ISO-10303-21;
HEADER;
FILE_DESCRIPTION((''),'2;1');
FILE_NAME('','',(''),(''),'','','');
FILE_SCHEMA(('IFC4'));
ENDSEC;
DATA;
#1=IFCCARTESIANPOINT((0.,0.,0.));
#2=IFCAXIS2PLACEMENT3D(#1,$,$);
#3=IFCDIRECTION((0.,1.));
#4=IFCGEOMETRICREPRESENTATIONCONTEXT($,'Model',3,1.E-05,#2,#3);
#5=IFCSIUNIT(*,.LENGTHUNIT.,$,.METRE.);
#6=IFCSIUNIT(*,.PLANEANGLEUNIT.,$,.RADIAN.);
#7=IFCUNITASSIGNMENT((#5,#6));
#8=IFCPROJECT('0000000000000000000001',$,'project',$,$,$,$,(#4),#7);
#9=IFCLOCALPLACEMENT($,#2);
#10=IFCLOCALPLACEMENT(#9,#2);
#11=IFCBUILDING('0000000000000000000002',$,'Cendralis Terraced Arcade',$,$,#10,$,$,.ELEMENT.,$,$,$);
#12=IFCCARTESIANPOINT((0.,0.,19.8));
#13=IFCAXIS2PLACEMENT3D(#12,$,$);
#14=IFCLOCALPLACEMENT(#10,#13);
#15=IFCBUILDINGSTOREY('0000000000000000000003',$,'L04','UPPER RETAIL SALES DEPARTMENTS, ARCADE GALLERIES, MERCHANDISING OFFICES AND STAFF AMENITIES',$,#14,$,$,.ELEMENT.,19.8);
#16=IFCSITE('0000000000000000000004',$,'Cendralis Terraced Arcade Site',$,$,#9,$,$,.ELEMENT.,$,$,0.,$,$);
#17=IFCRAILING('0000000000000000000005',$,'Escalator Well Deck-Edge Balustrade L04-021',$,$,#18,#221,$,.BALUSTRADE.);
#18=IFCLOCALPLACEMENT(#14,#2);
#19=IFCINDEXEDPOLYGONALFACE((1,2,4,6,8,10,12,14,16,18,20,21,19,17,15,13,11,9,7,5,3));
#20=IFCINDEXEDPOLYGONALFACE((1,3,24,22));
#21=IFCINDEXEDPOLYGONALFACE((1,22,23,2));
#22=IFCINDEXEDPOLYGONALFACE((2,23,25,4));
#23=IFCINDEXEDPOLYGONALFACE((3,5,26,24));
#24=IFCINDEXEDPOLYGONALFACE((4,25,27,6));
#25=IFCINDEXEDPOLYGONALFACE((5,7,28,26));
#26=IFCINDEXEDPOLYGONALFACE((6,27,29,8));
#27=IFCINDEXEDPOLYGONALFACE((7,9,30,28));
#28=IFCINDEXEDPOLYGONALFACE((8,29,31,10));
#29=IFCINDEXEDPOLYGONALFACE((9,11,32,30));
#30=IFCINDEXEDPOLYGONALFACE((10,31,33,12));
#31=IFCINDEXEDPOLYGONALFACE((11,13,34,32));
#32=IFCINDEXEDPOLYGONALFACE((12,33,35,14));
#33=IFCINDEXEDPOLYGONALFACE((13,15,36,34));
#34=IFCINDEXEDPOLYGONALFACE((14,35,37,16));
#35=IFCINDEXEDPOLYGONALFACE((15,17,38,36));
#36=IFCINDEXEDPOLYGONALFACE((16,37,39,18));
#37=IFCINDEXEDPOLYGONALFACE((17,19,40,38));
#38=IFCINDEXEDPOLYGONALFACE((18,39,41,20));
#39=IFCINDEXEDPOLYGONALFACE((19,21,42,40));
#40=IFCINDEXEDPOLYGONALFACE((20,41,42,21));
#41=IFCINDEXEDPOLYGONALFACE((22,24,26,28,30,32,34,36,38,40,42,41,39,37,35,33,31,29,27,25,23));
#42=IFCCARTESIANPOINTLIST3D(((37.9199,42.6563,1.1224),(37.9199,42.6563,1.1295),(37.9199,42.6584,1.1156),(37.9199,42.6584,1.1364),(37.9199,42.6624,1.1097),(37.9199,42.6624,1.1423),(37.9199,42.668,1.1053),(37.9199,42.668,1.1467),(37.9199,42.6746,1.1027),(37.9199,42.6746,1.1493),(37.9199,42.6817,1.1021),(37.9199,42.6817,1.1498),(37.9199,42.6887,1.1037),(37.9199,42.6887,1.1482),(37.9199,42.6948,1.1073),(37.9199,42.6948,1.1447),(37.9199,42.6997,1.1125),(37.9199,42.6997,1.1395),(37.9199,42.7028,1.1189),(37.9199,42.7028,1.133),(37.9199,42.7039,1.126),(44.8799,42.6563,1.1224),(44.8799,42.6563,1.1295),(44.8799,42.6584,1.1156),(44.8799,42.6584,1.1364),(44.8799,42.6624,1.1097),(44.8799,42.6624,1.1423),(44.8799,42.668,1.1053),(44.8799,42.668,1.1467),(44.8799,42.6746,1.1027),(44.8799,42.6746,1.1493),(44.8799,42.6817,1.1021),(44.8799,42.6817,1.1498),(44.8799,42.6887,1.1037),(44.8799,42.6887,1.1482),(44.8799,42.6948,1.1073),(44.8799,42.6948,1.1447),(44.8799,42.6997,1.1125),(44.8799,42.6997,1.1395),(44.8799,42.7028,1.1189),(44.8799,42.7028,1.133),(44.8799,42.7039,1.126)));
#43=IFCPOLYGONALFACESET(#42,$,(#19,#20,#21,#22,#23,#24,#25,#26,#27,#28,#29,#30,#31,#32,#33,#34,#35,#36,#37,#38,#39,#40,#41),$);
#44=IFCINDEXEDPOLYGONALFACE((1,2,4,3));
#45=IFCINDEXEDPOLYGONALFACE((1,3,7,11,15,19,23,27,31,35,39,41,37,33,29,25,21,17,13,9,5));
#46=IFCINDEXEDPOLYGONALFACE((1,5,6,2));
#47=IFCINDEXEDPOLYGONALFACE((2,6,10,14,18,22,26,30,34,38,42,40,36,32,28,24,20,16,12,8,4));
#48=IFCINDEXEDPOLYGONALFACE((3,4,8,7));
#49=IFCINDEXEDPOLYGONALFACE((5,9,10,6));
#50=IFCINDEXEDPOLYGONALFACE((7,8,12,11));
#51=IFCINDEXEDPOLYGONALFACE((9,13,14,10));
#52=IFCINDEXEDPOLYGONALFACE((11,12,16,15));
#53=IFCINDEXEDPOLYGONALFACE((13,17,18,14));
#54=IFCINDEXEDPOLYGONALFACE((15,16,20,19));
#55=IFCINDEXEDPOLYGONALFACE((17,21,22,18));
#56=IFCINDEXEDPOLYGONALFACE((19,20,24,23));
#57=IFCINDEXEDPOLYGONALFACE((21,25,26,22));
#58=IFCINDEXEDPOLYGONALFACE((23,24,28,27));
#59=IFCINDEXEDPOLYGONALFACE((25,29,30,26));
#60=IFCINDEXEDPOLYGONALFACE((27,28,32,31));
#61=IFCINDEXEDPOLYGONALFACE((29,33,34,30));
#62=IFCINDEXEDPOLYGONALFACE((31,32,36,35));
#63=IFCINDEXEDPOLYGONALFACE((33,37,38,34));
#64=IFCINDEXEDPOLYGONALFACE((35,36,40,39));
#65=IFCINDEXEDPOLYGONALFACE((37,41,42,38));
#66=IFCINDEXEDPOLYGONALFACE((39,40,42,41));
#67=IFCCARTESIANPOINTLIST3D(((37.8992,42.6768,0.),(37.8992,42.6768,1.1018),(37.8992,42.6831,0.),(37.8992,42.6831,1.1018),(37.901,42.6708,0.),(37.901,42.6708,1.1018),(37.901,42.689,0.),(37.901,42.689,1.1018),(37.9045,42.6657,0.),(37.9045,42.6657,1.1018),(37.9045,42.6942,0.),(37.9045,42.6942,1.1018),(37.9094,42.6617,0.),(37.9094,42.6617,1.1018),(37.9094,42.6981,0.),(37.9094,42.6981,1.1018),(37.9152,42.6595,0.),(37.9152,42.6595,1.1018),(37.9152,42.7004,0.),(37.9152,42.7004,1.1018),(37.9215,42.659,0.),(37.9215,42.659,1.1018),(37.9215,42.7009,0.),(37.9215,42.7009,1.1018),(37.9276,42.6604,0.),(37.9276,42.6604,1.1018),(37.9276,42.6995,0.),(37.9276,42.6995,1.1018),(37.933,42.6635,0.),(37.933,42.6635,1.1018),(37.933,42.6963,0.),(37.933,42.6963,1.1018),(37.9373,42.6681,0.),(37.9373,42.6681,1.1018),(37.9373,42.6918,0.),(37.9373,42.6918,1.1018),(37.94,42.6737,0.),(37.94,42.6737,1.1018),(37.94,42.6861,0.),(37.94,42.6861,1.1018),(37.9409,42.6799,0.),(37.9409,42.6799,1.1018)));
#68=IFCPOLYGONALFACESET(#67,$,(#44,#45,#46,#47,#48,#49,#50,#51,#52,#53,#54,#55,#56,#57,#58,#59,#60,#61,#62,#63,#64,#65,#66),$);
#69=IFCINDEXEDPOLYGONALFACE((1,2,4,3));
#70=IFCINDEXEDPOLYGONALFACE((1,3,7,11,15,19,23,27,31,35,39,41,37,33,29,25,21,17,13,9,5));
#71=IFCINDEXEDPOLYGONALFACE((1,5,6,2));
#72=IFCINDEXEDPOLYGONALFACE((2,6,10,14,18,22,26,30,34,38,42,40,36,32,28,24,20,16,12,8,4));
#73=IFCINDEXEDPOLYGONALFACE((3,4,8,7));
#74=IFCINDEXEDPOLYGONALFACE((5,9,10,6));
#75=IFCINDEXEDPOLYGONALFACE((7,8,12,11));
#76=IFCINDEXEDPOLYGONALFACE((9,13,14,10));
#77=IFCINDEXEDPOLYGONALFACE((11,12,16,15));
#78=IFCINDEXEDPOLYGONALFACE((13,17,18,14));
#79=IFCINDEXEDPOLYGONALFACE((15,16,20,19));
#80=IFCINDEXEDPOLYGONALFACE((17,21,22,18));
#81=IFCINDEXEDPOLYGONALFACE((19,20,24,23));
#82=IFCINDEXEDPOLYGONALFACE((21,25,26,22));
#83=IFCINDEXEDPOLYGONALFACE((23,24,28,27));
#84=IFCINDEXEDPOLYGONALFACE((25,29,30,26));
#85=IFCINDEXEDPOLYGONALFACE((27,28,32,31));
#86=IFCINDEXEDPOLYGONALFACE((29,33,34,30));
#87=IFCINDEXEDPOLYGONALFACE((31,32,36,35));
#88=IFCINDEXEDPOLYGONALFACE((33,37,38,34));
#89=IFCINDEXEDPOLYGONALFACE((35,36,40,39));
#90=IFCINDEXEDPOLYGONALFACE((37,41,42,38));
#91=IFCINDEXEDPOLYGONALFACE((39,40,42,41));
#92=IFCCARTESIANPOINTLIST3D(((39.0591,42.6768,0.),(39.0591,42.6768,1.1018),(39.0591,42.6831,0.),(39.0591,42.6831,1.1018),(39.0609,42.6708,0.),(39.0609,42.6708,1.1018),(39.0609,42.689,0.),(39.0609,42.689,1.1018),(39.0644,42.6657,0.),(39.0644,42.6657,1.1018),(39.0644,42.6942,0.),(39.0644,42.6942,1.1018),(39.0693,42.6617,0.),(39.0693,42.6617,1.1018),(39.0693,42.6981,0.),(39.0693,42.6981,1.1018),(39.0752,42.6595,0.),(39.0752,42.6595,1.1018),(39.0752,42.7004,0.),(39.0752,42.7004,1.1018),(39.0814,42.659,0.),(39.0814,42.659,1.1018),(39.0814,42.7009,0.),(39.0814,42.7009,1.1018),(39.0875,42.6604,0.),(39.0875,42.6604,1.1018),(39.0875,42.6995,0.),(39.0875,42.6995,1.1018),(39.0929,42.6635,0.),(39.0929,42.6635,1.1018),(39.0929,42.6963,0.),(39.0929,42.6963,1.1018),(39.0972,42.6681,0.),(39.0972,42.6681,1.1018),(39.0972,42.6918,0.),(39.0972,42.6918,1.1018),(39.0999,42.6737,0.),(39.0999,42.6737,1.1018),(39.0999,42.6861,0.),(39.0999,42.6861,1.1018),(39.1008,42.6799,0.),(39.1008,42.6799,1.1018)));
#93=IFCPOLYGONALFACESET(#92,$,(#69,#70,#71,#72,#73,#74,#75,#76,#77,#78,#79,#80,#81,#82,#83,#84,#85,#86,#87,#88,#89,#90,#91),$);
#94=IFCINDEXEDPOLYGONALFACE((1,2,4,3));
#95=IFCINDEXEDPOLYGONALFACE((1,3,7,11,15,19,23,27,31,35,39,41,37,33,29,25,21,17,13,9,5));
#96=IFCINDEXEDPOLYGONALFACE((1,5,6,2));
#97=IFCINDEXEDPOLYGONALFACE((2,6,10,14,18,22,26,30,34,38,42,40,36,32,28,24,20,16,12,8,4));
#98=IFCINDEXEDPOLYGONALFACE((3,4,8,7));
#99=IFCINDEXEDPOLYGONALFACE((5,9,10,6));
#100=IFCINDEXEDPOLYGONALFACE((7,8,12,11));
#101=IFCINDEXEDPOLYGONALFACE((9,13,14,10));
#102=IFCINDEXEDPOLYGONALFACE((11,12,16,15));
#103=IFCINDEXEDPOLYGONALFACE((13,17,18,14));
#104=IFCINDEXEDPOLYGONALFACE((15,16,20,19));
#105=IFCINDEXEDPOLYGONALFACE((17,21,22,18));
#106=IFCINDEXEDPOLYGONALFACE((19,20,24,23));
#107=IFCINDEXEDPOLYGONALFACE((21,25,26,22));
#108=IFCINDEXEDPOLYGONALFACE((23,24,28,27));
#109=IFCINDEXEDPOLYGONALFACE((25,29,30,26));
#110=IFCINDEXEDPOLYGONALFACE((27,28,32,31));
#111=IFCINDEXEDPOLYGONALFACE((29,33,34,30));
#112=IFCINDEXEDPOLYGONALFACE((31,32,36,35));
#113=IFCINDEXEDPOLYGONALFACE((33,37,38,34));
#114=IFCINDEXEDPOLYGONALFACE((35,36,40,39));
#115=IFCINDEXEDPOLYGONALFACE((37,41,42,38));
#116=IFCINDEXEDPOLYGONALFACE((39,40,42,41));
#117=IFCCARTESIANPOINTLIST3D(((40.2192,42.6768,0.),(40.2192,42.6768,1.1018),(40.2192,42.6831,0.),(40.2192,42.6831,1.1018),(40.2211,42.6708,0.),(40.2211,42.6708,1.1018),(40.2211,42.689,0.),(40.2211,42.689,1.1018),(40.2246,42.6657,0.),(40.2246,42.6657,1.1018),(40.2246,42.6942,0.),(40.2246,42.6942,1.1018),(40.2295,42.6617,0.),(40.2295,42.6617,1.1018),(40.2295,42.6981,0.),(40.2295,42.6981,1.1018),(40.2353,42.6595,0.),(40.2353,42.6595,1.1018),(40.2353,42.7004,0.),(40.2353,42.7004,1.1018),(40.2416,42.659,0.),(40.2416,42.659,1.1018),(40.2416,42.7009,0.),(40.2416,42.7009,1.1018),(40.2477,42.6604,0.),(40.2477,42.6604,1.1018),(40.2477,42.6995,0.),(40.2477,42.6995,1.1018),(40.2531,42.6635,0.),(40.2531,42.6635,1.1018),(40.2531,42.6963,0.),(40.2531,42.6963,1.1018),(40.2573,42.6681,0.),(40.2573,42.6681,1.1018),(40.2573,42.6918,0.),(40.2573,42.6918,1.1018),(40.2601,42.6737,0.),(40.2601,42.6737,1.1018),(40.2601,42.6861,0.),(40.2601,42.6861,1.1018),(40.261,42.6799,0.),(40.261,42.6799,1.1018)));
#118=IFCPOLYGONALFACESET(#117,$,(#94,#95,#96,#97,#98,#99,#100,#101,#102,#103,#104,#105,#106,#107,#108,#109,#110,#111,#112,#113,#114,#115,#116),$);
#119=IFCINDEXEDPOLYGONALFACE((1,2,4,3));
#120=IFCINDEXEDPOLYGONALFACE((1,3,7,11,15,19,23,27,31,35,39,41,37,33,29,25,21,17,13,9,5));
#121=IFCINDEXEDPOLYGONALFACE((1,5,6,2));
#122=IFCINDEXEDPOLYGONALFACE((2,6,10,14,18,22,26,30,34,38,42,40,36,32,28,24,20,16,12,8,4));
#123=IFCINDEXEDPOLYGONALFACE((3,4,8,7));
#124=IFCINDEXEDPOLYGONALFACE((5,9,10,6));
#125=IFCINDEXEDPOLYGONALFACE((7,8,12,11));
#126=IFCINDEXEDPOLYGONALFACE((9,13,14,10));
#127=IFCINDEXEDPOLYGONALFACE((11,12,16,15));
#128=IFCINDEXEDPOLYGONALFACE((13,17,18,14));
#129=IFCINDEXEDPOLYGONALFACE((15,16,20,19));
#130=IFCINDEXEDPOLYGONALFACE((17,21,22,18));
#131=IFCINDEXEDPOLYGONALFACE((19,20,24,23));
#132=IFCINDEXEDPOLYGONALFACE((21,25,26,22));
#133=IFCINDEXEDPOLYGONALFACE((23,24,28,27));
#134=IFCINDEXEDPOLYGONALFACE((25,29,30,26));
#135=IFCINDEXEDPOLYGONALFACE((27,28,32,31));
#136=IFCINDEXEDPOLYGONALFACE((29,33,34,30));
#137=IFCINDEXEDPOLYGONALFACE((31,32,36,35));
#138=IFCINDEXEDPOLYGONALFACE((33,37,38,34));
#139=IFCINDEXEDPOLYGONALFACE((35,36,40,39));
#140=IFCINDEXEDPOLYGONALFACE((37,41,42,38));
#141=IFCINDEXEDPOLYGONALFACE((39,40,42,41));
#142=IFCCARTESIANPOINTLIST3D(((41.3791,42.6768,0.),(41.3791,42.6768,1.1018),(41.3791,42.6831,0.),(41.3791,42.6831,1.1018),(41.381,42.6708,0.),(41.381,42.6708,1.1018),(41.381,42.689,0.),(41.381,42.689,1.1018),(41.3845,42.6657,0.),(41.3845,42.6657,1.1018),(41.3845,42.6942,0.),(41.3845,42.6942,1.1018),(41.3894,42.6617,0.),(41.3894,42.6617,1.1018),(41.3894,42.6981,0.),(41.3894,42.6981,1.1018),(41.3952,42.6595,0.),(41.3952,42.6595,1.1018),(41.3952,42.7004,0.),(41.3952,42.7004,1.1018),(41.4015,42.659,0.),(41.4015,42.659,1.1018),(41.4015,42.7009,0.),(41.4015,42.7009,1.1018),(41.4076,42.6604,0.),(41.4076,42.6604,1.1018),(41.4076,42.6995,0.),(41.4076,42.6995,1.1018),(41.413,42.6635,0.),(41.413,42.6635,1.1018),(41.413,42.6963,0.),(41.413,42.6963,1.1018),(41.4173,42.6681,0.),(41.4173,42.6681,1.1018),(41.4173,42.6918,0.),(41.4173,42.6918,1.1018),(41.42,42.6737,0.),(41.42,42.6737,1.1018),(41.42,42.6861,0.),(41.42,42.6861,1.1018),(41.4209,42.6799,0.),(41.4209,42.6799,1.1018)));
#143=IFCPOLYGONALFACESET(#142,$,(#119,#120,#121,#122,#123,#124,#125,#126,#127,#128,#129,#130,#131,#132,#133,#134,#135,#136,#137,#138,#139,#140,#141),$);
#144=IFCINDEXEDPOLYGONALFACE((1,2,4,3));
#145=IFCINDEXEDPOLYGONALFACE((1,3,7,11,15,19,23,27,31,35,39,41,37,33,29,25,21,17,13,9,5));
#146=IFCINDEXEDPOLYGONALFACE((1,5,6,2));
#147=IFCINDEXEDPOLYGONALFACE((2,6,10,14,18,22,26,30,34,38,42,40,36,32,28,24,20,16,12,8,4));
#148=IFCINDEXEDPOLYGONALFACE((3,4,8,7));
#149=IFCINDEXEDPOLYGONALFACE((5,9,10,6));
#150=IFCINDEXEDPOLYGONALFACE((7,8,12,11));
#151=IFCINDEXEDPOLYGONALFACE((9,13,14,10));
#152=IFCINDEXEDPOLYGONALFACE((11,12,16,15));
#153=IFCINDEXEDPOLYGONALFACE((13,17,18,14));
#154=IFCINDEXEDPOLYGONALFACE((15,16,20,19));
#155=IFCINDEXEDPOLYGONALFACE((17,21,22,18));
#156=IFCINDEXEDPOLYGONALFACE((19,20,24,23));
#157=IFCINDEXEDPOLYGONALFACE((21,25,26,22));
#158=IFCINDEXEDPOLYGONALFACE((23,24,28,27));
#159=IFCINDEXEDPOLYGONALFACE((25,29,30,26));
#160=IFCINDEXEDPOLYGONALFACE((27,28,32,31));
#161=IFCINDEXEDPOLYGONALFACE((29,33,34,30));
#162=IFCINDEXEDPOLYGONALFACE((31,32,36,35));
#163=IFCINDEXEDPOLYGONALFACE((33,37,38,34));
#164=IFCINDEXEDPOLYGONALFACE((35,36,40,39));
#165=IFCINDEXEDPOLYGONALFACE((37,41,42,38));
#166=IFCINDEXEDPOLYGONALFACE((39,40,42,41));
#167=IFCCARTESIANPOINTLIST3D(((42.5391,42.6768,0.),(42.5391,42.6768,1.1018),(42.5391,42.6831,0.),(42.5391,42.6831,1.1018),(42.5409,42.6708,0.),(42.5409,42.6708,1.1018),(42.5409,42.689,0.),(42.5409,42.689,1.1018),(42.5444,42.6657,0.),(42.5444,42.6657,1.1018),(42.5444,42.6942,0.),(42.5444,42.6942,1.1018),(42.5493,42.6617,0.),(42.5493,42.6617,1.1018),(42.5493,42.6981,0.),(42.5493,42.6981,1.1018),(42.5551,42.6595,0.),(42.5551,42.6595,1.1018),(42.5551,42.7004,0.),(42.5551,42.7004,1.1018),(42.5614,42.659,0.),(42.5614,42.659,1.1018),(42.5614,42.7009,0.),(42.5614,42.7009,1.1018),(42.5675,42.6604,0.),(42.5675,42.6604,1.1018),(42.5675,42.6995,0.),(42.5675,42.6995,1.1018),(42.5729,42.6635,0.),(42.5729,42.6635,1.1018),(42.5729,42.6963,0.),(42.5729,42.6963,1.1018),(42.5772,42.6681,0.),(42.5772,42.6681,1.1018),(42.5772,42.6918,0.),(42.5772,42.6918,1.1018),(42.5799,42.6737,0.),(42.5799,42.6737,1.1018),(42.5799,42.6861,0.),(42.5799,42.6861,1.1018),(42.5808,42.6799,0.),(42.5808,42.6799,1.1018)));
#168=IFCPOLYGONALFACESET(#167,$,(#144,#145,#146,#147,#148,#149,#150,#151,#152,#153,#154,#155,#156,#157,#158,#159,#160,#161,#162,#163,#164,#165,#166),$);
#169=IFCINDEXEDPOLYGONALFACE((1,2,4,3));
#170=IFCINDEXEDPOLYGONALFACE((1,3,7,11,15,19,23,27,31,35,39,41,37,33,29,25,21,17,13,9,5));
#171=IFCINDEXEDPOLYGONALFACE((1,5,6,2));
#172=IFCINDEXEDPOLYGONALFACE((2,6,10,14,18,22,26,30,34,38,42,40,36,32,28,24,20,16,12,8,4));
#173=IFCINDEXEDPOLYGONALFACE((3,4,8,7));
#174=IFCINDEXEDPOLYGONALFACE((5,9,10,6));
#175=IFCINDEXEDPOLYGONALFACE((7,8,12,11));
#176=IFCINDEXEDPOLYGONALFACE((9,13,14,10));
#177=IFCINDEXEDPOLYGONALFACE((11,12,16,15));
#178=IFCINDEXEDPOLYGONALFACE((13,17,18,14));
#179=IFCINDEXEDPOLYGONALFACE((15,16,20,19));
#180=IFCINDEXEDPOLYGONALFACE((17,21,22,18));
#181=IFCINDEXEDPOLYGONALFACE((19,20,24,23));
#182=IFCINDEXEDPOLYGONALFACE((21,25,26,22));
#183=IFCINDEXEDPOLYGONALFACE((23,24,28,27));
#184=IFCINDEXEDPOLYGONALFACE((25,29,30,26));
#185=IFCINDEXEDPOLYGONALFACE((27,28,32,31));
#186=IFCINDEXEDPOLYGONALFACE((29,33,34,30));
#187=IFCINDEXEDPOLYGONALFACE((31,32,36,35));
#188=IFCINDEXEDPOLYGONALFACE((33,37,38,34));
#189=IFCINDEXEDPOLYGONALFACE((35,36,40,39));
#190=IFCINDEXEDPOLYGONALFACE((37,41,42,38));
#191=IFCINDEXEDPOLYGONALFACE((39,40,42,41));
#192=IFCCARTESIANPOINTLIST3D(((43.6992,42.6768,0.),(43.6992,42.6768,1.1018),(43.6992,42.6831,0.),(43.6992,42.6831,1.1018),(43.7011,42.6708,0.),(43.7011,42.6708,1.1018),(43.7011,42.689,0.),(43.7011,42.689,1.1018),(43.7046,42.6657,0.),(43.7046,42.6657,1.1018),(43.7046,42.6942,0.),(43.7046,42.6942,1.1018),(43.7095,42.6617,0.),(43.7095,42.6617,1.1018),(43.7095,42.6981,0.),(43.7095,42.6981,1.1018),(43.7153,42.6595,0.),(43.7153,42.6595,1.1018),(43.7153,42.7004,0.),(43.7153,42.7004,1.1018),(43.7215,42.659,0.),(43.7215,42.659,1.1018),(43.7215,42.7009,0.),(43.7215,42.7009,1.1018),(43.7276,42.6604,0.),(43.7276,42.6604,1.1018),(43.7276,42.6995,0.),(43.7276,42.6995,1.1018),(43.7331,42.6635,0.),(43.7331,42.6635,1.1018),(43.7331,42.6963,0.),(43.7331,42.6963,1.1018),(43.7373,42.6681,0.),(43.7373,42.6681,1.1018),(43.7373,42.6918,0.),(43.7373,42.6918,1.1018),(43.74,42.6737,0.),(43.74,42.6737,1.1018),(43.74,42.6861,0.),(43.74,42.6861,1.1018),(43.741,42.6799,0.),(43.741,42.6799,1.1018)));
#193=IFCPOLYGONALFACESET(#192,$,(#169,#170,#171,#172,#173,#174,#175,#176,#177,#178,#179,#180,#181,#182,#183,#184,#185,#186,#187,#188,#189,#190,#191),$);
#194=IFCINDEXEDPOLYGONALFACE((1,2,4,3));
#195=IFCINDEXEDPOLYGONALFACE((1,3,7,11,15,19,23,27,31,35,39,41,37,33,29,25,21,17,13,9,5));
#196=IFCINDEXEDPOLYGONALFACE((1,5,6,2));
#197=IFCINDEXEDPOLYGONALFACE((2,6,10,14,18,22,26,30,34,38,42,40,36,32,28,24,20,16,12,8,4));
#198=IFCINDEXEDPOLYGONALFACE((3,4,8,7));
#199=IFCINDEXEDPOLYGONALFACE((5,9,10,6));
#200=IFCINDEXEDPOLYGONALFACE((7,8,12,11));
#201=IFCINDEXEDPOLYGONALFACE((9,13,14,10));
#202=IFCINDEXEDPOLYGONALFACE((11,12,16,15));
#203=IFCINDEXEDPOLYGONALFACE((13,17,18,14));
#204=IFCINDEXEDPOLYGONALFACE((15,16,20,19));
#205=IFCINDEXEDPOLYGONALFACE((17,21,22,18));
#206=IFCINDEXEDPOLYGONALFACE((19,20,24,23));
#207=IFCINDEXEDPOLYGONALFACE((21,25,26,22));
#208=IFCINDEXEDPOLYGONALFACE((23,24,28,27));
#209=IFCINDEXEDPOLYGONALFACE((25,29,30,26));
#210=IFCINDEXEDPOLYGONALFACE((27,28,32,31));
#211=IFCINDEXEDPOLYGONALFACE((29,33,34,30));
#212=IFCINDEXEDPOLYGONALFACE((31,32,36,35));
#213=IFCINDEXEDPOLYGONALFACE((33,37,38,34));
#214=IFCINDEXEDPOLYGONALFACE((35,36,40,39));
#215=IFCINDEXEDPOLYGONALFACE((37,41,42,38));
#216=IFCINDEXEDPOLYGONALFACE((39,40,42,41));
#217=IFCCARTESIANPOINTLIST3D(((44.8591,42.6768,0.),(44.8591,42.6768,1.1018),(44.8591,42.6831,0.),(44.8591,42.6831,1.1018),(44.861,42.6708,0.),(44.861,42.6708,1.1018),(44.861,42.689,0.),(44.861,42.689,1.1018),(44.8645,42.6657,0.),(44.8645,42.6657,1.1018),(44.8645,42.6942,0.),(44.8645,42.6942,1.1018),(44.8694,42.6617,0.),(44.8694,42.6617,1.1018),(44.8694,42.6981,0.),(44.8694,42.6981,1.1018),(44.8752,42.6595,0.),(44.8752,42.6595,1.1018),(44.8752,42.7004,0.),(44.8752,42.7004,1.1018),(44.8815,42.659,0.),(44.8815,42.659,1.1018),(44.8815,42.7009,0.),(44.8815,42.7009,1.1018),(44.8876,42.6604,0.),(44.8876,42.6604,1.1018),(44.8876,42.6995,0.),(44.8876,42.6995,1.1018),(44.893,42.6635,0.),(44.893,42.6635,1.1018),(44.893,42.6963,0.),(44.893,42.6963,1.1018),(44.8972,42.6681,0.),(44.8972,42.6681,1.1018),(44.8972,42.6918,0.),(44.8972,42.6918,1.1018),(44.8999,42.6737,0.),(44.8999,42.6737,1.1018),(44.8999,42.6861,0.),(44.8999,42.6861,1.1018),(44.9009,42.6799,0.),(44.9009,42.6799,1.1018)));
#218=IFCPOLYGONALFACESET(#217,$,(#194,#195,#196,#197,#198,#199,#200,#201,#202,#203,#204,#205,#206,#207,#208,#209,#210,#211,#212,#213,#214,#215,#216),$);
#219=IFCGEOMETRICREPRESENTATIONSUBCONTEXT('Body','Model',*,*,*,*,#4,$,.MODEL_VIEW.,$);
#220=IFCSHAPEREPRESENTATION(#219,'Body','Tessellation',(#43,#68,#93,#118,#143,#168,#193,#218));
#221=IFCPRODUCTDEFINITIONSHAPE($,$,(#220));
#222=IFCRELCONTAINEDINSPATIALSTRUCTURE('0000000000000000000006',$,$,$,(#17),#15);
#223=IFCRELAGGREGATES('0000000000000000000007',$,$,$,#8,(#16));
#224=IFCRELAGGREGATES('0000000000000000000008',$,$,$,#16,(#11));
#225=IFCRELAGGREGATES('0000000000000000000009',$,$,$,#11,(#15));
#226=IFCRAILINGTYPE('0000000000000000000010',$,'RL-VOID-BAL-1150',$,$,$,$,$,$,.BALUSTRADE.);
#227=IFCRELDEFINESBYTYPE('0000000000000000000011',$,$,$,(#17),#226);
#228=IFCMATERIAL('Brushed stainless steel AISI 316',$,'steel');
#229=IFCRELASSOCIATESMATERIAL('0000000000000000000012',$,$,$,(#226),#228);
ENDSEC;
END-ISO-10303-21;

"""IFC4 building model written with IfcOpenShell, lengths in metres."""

from ifc_helpers import new_model, si_unit, direction, frame, origin, origin_2d, place, context, subcontext, project, spatial, circle, extrude, material, type_object, element, save


model = new_model("IFC4")

# Units and contexts
model_context = context("Model", 3, precision=1e-05, world=origin(), true_north=direction((0.0, 1.0)))
body_context = subcontext(model_context, "Body", "Model", "MODEL_VIEW")
ifc_project = project(units=[si_unit("LENGTHUNIT", "METRE"), si_unit("PLANEANGLEUNIT", "RADIAN")], contexts=[model_context])

# Site, building, storey
site_placement = place(None, origin())
site = spatial("IfcSite", under=ifc_project, at=site_placement, Name="Cendralis Terraced Arcade Site", CompositionType="ELEMENT", RefElevation=0.0)
building_placement = place(site_placement, origin())
building = spatial("IfcBuilding", under=site, at=building_placement, Name="Cendralis Terraced Arcade", CompositionType="ELEMENT")
storey_placement = place(building_placement, frame((0.0, 0.0, 19.8)))
storey = spatial("IfcBuildingStorey", under=building, at=storey_placement, Name="L04", Description="UPPER RETAIL SALES DEPARTMENTS, ARCADE GALLERIES, MERCHANDISING OFFICES AND STAFF AMENITIES", CompositionType="ELEMENT", Elevation=19.8)

# Railing
ifc_material_1 = material(Name="Brushed stainless steel AISI 316", Category="steel")
railing_type_1 = type_object("IfcRailingType", Name="RL-VOID-BAL-1150", PredefinedType="BALUSTRADE", material=ifc_material_1)
railing_1_placement = place(storey_placement, frame((37.9199, 42.6799, 0.0)))
element("IfcRailing", 1, at=railing_1_placement, inside=storey, type_object=railing_type_1, Name="Escalator Well Deck-Edge Balustrade L04-021", PredefinedType="BALUSTRADE", context=body_context, shape_type="SweptSolid", body=[
    extrude(circle(Radius=0.0239, at=origin_2d()), frame((0.0, 0.0, 1.126), z_axis=(1.0, 0.0, 0.0), x_axis=(0.0, 1.0, 0.0)), (0.0, 0.0, 1.0), 6.96),
    extrude(circle(Radius=0.021, at=origin_2d()), origin(), (0.0, 0.0, 1.0), 1.1018),
    extrude(circle(Radius=0.021, at=origin_2d()), frame((1.1599, 0.0, 0.0)), (0.0, 0.0, 1.0), 1.1018),
    extrude(circle(Radius=0.021, at=origin_2d()), frame((2.3201, 0.0, 0.0)), (0.0, 0.0, 1.0), 1.1018),
    extrude(circle(Radius=0.021, at=origin_2d()), frame((3.48, 0.0, 0.0)), (0.0, 0.0, 1.0), 1.1018),
    extrude(circle(Radius=0.021, at=origin_2d()), frame((4.6399, 0.0, 0.0)), (0.0, 0.0, 1.0), 1.1018),
    extrude(circle(Radius=0.021, at=origin_2d()), frame((5.8, 0.0, 0.0)), (0.0, 0.0, 1.0), 1.1018),
    extrude(circle(Radius=0.021, at=origin_2d()), frame((6.96, 0.0, 0.0)), (0.0, 0.0, 1.0), 1.1018),
])

save(model, "model.ifc")
